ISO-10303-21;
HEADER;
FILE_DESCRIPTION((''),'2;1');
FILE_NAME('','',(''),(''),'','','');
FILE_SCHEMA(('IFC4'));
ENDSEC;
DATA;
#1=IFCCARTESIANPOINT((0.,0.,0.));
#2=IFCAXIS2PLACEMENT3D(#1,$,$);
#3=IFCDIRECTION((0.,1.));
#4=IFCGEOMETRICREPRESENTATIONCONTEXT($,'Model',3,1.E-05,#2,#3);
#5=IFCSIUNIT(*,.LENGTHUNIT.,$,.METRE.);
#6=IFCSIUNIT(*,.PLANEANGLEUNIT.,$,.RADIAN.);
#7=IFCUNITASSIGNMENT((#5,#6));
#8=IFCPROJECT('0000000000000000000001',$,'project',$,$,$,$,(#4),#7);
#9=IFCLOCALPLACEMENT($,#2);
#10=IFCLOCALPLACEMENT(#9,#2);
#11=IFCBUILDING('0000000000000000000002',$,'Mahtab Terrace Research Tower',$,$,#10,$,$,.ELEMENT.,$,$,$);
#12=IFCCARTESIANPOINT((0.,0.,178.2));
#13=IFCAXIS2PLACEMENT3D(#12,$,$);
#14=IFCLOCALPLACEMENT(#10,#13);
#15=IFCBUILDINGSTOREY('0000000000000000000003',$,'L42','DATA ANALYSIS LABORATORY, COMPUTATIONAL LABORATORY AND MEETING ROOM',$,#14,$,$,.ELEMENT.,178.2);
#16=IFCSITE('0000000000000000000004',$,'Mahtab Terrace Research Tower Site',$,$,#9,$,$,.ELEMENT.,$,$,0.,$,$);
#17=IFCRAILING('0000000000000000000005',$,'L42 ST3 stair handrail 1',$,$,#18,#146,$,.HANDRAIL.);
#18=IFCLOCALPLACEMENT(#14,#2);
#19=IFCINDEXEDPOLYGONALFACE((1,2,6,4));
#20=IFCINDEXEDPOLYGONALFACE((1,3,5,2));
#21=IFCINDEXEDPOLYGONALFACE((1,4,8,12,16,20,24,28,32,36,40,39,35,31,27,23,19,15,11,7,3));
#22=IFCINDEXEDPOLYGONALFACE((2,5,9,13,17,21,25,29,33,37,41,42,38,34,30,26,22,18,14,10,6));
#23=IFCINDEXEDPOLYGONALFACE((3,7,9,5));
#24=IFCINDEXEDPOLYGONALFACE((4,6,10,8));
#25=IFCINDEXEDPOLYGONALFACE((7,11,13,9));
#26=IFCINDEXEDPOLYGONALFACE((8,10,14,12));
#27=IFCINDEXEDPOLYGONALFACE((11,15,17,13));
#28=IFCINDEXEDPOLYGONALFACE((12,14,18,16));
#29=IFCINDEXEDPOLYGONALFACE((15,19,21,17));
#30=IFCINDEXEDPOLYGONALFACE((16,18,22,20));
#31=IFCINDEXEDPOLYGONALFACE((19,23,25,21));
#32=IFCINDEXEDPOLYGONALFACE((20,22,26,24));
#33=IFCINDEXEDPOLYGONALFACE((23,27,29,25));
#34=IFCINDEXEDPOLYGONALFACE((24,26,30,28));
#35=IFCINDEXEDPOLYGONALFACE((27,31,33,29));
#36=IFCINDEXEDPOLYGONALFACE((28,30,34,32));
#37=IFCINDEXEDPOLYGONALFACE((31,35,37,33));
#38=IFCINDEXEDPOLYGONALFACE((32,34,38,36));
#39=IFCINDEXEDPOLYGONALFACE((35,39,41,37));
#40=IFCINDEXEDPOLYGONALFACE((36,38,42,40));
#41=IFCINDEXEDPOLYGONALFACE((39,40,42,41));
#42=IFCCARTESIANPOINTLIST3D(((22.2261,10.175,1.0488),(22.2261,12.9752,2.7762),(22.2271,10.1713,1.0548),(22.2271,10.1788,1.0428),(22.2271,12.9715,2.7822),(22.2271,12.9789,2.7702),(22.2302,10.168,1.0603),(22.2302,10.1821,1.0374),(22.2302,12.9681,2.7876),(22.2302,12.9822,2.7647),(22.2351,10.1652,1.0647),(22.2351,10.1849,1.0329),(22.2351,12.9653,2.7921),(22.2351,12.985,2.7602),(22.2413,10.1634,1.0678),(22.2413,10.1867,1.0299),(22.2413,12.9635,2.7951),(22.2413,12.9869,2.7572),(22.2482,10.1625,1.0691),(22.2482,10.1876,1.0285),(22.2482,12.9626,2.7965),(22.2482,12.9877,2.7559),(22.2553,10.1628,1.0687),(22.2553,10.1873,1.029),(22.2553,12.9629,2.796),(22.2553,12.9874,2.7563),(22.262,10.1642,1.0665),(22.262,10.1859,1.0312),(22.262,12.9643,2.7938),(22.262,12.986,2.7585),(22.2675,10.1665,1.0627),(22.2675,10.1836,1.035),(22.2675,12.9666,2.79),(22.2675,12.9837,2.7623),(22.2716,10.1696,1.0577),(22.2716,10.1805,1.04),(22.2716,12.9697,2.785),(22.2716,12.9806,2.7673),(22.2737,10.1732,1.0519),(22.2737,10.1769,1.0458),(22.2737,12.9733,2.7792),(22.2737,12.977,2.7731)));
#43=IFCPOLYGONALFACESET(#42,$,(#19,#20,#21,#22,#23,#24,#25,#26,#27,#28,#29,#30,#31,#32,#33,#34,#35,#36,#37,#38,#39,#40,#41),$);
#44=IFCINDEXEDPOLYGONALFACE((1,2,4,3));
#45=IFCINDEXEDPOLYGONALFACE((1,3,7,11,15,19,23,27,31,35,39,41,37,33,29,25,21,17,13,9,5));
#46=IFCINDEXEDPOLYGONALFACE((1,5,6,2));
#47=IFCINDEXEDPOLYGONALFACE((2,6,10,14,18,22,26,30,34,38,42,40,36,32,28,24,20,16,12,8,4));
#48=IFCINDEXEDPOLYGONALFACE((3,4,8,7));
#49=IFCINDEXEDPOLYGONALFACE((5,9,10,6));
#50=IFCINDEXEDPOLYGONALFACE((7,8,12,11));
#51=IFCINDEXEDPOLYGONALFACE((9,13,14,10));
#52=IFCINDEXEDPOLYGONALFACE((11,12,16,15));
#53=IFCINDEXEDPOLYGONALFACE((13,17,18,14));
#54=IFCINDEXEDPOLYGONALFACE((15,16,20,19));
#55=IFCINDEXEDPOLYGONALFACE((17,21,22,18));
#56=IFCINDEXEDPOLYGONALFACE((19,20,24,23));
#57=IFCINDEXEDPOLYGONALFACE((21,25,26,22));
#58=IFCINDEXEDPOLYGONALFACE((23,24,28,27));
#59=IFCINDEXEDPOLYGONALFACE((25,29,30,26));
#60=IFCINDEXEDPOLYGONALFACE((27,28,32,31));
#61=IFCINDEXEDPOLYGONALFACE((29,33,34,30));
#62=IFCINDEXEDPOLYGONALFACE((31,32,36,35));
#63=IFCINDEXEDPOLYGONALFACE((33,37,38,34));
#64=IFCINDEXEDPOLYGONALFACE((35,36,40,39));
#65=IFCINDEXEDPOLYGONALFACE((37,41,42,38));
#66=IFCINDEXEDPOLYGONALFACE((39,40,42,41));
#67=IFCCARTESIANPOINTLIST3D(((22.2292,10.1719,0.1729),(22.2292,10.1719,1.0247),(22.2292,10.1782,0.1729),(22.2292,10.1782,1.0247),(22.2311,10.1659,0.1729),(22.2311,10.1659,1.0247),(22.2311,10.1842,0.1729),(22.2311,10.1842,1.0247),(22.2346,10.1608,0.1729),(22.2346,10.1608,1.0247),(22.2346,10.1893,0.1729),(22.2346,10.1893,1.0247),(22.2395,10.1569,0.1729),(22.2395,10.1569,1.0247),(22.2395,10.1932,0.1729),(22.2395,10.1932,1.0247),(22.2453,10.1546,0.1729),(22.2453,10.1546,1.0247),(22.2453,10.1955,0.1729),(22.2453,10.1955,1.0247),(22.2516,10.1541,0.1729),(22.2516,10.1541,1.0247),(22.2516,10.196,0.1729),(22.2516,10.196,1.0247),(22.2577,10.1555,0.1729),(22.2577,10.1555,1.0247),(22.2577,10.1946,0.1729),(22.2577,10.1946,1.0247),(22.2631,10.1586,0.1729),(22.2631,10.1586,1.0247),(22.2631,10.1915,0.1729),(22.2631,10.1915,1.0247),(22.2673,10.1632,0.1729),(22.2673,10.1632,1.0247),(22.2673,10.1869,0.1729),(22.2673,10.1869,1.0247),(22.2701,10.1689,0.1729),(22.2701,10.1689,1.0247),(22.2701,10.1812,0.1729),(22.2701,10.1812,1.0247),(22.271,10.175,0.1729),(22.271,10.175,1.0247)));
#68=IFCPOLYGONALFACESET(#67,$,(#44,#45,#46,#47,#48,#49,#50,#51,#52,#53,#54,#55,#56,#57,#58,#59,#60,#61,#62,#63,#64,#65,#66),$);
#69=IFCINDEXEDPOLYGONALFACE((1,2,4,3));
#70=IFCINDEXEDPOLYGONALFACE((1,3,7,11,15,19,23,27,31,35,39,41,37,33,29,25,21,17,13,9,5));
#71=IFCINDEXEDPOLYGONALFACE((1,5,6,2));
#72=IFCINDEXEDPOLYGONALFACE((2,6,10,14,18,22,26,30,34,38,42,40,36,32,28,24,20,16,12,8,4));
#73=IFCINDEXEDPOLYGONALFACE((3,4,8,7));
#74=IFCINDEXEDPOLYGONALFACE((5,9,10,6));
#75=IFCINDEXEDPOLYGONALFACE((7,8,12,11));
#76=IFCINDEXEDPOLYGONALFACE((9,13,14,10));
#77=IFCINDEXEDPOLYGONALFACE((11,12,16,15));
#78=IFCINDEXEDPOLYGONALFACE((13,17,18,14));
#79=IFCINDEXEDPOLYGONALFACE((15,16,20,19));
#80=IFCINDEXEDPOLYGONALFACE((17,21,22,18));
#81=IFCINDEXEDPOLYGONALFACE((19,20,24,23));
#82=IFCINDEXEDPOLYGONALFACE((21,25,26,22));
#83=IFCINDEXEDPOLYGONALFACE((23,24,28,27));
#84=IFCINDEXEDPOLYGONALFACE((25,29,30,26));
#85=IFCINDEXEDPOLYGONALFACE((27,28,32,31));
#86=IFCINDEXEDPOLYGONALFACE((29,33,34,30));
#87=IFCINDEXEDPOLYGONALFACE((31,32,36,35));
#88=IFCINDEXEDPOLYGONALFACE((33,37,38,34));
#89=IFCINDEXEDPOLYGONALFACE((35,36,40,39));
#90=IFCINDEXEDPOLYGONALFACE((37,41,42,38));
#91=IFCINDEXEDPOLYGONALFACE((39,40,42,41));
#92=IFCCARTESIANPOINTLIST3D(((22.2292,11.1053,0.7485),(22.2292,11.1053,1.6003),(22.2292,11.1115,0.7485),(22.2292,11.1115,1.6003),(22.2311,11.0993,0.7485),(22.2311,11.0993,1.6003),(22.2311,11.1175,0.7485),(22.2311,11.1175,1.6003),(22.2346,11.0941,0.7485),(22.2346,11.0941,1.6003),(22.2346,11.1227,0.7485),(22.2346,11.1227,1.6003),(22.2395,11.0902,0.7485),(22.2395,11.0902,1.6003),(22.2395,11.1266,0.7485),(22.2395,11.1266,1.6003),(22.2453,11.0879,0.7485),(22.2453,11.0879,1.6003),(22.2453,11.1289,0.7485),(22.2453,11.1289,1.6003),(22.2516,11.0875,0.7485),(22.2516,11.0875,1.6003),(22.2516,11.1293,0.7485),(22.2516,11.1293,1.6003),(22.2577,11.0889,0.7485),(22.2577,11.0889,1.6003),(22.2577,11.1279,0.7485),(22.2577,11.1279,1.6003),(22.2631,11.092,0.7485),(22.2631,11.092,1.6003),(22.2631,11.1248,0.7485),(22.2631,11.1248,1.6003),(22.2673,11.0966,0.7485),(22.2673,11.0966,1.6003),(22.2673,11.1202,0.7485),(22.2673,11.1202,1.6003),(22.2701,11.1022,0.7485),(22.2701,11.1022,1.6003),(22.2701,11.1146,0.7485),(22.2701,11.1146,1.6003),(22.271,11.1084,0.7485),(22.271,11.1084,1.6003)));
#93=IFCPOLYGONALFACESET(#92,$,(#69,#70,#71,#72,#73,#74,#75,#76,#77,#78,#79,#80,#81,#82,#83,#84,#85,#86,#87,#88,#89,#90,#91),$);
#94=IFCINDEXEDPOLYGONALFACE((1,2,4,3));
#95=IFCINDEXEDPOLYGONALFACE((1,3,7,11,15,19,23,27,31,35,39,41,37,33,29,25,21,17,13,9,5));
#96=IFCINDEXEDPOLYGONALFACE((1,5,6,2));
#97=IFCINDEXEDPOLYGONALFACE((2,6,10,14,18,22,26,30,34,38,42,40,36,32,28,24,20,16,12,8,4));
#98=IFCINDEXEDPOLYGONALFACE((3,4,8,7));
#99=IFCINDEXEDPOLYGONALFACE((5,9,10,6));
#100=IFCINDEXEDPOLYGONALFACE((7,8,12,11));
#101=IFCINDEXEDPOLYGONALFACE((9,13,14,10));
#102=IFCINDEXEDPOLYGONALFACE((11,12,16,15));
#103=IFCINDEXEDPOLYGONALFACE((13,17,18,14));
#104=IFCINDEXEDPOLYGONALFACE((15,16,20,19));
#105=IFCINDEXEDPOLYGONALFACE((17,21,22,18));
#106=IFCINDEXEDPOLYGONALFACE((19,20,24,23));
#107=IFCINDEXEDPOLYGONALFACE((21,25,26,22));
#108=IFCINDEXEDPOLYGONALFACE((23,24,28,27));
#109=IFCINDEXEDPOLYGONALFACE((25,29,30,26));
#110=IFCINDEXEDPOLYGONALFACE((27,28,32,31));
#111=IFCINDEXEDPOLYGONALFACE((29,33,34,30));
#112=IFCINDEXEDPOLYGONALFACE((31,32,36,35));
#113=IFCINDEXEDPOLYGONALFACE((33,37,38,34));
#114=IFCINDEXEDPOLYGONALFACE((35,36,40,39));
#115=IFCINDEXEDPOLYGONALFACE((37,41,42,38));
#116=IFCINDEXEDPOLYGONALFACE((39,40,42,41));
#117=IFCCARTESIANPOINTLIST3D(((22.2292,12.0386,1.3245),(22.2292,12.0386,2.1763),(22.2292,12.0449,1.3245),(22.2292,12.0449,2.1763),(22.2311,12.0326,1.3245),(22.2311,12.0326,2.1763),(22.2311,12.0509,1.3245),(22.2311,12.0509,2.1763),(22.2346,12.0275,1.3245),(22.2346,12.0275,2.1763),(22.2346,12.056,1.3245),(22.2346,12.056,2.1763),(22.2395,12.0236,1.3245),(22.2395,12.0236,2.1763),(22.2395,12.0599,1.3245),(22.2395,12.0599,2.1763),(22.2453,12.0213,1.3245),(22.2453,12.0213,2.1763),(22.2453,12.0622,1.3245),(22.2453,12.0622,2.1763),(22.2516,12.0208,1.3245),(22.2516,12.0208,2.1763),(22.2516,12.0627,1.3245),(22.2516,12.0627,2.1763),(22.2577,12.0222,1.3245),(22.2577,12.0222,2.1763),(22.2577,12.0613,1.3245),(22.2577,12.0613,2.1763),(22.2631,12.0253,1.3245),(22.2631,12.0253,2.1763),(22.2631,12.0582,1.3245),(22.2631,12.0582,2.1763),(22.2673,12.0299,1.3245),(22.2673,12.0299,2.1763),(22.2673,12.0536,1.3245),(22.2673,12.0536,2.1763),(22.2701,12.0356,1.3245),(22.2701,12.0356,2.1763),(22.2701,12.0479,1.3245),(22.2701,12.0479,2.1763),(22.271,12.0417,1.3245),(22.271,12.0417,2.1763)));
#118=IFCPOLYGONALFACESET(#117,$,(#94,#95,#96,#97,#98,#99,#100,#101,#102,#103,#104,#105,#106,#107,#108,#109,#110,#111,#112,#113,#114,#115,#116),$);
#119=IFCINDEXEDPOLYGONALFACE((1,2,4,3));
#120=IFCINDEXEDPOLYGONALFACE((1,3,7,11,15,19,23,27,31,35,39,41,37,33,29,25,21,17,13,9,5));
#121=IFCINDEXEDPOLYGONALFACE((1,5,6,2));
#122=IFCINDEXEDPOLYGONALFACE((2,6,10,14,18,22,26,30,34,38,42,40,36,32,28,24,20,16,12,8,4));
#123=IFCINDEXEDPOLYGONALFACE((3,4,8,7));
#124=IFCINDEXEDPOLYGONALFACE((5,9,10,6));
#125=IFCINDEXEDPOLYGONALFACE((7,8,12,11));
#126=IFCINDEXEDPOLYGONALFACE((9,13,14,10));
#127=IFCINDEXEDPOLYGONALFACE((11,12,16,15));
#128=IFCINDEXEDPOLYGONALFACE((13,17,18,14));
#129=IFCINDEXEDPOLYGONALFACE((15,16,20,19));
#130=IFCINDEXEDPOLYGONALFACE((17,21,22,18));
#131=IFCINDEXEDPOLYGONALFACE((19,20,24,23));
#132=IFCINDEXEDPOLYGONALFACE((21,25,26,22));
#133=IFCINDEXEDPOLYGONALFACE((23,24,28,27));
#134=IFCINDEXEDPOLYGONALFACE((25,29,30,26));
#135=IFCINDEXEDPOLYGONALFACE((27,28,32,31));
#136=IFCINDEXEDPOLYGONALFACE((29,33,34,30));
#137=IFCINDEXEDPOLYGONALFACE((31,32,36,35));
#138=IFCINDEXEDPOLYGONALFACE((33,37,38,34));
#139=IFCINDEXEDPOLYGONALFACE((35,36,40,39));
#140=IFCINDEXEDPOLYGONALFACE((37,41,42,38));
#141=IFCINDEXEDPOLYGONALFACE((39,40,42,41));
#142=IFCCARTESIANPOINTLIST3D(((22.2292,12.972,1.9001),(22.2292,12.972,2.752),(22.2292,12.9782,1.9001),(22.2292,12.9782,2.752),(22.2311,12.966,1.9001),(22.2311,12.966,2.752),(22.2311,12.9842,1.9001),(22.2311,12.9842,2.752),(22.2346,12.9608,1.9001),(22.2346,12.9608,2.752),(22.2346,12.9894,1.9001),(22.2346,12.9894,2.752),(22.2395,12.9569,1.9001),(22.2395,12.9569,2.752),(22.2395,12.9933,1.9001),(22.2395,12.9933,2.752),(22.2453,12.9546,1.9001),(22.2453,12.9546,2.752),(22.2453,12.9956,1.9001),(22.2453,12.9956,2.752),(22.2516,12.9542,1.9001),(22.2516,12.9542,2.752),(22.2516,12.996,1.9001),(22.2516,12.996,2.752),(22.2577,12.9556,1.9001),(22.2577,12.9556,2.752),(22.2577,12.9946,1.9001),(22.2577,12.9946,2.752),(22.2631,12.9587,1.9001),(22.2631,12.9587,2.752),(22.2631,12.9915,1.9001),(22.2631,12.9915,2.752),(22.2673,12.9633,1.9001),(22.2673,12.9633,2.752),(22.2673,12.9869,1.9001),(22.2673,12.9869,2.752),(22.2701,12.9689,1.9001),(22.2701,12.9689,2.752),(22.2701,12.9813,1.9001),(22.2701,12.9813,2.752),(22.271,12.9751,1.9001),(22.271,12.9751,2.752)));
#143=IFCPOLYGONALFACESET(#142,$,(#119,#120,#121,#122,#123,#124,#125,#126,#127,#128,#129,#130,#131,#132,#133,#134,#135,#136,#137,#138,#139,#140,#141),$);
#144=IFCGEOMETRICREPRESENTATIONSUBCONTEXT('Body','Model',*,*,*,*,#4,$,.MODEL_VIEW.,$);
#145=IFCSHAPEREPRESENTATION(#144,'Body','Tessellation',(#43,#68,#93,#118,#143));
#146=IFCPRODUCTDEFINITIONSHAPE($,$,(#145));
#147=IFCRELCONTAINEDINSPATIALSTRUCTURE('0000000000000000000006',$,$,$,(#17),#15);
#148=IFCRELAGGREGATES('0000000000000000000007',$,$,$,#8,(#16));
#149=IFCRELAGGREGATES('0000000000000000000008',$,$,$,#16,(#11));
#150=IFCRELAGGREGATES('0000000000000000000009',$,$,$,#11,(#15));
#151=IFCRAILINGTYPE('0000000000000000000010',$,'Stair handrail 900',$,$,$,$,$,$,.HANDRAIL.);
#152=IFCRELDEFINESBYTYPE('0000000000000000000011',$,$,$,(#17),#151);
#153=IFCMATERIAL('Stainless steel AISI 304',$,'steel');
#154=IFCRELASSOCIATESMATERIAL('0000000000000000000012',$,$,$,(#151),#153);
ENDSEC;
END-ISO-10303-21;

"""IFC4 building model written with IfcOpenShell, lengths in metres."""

from ifc_helpers import new_model, si_unit, direction, frame, origin, origin_2d, place, context, subcontext, project, spatial, circle, extrude, material, type_object, element, save


model = new_model("IFC4")

# Units and contexts
model_context = context("Model", 3, precision=1e-05, world=origin(), true_north=direction((0.0, 1.0)))
body_context = subcontext(model_context, "Body", "Model", "MODEL_VIEW")
ifc_project = project(units=[si_unit("LENGTHUNIT", "METRE"), si_unit("PLANEANGLEUNIT", "RADIAN")], contexts=[model_context])

# Site, building, storey
site_placement = place(None, origin())
site = spatial("IfcSite", under=ifc_project, at=site_placement, Name="Mahtab Terrace Research Tower Site", CompositionType="ELEMENT", RefElevation=0.0)
building_placement = place(site_placement, origin())
building = spatial("IfcBuilding", under=site, at=building_placement, Name="Mahtab Terrace Research Tower", CompositionType="ELEMENT")
storey_placement = place(building_placement, frame((0.0, 0.0, 178.2)))
storey = spatial("IfcBuildingStorey", under=building, at=storey_placement, Name="L42", Description="DATA ANALYSIS LABORATORY, COMPUTATIONAL LABORATORY AND MEETING ROOM", CompositionType="ELEMENT", Elevation=178.2)

# Shared definitions
ifc_material_1 = material(Name="Stainless steel AISI 304", Category="steel")

# Railing
railing_type_1 = type_object("IfcRailingType", Name="Stair handrail 900", PredefinedType="HANDRAIL", material=ifc_material_1)
railing_1_placement = place(storey_placement, frame((22.25, 10.175, 0.1729)))
element("IfcRailing", 1, at=railing_1_placement, inside=storey, type_object=railing_type_1, Name="L42 ST3 stair handrail 1", PredefinedType="HANDRAIL", context=body_context, shape_type="SweptSolid", body=[
    extrude(circle(Radius=0.0239, at=origin_2d()), frame((0.0, 0.0, 0.876), z_axis=(0.0, 0.85109, 0.52502), x_axis=(-1.0, 0.0, 0.0)), (0.0, 0.0, 1.0), 3.29),
    extrude(circle(Radius=0.021, at=origin_2d()), origin(), (0.0, 0.0, 1.0), 0.8518),
    extrude(circle(Radius=0.021, at=origin_2d()), frame((0.0, 0.9333, 0.5757)), (0.0, 0.0, 1.0), 0.8518),
    extrude(circle(Radius=0.021, at=origin_2d()), frame((0.0, 1.8667, 1.1516)), (0.0, 0.0, 1.0), 0.8518),
    extrude(circle(Radius=0.021, at=origin_2d()), frame((0.0, 2.8, 1.7273)), (0.0, 0.0, 1.0), 0.8518),
])

save(model, "model.ifc")
